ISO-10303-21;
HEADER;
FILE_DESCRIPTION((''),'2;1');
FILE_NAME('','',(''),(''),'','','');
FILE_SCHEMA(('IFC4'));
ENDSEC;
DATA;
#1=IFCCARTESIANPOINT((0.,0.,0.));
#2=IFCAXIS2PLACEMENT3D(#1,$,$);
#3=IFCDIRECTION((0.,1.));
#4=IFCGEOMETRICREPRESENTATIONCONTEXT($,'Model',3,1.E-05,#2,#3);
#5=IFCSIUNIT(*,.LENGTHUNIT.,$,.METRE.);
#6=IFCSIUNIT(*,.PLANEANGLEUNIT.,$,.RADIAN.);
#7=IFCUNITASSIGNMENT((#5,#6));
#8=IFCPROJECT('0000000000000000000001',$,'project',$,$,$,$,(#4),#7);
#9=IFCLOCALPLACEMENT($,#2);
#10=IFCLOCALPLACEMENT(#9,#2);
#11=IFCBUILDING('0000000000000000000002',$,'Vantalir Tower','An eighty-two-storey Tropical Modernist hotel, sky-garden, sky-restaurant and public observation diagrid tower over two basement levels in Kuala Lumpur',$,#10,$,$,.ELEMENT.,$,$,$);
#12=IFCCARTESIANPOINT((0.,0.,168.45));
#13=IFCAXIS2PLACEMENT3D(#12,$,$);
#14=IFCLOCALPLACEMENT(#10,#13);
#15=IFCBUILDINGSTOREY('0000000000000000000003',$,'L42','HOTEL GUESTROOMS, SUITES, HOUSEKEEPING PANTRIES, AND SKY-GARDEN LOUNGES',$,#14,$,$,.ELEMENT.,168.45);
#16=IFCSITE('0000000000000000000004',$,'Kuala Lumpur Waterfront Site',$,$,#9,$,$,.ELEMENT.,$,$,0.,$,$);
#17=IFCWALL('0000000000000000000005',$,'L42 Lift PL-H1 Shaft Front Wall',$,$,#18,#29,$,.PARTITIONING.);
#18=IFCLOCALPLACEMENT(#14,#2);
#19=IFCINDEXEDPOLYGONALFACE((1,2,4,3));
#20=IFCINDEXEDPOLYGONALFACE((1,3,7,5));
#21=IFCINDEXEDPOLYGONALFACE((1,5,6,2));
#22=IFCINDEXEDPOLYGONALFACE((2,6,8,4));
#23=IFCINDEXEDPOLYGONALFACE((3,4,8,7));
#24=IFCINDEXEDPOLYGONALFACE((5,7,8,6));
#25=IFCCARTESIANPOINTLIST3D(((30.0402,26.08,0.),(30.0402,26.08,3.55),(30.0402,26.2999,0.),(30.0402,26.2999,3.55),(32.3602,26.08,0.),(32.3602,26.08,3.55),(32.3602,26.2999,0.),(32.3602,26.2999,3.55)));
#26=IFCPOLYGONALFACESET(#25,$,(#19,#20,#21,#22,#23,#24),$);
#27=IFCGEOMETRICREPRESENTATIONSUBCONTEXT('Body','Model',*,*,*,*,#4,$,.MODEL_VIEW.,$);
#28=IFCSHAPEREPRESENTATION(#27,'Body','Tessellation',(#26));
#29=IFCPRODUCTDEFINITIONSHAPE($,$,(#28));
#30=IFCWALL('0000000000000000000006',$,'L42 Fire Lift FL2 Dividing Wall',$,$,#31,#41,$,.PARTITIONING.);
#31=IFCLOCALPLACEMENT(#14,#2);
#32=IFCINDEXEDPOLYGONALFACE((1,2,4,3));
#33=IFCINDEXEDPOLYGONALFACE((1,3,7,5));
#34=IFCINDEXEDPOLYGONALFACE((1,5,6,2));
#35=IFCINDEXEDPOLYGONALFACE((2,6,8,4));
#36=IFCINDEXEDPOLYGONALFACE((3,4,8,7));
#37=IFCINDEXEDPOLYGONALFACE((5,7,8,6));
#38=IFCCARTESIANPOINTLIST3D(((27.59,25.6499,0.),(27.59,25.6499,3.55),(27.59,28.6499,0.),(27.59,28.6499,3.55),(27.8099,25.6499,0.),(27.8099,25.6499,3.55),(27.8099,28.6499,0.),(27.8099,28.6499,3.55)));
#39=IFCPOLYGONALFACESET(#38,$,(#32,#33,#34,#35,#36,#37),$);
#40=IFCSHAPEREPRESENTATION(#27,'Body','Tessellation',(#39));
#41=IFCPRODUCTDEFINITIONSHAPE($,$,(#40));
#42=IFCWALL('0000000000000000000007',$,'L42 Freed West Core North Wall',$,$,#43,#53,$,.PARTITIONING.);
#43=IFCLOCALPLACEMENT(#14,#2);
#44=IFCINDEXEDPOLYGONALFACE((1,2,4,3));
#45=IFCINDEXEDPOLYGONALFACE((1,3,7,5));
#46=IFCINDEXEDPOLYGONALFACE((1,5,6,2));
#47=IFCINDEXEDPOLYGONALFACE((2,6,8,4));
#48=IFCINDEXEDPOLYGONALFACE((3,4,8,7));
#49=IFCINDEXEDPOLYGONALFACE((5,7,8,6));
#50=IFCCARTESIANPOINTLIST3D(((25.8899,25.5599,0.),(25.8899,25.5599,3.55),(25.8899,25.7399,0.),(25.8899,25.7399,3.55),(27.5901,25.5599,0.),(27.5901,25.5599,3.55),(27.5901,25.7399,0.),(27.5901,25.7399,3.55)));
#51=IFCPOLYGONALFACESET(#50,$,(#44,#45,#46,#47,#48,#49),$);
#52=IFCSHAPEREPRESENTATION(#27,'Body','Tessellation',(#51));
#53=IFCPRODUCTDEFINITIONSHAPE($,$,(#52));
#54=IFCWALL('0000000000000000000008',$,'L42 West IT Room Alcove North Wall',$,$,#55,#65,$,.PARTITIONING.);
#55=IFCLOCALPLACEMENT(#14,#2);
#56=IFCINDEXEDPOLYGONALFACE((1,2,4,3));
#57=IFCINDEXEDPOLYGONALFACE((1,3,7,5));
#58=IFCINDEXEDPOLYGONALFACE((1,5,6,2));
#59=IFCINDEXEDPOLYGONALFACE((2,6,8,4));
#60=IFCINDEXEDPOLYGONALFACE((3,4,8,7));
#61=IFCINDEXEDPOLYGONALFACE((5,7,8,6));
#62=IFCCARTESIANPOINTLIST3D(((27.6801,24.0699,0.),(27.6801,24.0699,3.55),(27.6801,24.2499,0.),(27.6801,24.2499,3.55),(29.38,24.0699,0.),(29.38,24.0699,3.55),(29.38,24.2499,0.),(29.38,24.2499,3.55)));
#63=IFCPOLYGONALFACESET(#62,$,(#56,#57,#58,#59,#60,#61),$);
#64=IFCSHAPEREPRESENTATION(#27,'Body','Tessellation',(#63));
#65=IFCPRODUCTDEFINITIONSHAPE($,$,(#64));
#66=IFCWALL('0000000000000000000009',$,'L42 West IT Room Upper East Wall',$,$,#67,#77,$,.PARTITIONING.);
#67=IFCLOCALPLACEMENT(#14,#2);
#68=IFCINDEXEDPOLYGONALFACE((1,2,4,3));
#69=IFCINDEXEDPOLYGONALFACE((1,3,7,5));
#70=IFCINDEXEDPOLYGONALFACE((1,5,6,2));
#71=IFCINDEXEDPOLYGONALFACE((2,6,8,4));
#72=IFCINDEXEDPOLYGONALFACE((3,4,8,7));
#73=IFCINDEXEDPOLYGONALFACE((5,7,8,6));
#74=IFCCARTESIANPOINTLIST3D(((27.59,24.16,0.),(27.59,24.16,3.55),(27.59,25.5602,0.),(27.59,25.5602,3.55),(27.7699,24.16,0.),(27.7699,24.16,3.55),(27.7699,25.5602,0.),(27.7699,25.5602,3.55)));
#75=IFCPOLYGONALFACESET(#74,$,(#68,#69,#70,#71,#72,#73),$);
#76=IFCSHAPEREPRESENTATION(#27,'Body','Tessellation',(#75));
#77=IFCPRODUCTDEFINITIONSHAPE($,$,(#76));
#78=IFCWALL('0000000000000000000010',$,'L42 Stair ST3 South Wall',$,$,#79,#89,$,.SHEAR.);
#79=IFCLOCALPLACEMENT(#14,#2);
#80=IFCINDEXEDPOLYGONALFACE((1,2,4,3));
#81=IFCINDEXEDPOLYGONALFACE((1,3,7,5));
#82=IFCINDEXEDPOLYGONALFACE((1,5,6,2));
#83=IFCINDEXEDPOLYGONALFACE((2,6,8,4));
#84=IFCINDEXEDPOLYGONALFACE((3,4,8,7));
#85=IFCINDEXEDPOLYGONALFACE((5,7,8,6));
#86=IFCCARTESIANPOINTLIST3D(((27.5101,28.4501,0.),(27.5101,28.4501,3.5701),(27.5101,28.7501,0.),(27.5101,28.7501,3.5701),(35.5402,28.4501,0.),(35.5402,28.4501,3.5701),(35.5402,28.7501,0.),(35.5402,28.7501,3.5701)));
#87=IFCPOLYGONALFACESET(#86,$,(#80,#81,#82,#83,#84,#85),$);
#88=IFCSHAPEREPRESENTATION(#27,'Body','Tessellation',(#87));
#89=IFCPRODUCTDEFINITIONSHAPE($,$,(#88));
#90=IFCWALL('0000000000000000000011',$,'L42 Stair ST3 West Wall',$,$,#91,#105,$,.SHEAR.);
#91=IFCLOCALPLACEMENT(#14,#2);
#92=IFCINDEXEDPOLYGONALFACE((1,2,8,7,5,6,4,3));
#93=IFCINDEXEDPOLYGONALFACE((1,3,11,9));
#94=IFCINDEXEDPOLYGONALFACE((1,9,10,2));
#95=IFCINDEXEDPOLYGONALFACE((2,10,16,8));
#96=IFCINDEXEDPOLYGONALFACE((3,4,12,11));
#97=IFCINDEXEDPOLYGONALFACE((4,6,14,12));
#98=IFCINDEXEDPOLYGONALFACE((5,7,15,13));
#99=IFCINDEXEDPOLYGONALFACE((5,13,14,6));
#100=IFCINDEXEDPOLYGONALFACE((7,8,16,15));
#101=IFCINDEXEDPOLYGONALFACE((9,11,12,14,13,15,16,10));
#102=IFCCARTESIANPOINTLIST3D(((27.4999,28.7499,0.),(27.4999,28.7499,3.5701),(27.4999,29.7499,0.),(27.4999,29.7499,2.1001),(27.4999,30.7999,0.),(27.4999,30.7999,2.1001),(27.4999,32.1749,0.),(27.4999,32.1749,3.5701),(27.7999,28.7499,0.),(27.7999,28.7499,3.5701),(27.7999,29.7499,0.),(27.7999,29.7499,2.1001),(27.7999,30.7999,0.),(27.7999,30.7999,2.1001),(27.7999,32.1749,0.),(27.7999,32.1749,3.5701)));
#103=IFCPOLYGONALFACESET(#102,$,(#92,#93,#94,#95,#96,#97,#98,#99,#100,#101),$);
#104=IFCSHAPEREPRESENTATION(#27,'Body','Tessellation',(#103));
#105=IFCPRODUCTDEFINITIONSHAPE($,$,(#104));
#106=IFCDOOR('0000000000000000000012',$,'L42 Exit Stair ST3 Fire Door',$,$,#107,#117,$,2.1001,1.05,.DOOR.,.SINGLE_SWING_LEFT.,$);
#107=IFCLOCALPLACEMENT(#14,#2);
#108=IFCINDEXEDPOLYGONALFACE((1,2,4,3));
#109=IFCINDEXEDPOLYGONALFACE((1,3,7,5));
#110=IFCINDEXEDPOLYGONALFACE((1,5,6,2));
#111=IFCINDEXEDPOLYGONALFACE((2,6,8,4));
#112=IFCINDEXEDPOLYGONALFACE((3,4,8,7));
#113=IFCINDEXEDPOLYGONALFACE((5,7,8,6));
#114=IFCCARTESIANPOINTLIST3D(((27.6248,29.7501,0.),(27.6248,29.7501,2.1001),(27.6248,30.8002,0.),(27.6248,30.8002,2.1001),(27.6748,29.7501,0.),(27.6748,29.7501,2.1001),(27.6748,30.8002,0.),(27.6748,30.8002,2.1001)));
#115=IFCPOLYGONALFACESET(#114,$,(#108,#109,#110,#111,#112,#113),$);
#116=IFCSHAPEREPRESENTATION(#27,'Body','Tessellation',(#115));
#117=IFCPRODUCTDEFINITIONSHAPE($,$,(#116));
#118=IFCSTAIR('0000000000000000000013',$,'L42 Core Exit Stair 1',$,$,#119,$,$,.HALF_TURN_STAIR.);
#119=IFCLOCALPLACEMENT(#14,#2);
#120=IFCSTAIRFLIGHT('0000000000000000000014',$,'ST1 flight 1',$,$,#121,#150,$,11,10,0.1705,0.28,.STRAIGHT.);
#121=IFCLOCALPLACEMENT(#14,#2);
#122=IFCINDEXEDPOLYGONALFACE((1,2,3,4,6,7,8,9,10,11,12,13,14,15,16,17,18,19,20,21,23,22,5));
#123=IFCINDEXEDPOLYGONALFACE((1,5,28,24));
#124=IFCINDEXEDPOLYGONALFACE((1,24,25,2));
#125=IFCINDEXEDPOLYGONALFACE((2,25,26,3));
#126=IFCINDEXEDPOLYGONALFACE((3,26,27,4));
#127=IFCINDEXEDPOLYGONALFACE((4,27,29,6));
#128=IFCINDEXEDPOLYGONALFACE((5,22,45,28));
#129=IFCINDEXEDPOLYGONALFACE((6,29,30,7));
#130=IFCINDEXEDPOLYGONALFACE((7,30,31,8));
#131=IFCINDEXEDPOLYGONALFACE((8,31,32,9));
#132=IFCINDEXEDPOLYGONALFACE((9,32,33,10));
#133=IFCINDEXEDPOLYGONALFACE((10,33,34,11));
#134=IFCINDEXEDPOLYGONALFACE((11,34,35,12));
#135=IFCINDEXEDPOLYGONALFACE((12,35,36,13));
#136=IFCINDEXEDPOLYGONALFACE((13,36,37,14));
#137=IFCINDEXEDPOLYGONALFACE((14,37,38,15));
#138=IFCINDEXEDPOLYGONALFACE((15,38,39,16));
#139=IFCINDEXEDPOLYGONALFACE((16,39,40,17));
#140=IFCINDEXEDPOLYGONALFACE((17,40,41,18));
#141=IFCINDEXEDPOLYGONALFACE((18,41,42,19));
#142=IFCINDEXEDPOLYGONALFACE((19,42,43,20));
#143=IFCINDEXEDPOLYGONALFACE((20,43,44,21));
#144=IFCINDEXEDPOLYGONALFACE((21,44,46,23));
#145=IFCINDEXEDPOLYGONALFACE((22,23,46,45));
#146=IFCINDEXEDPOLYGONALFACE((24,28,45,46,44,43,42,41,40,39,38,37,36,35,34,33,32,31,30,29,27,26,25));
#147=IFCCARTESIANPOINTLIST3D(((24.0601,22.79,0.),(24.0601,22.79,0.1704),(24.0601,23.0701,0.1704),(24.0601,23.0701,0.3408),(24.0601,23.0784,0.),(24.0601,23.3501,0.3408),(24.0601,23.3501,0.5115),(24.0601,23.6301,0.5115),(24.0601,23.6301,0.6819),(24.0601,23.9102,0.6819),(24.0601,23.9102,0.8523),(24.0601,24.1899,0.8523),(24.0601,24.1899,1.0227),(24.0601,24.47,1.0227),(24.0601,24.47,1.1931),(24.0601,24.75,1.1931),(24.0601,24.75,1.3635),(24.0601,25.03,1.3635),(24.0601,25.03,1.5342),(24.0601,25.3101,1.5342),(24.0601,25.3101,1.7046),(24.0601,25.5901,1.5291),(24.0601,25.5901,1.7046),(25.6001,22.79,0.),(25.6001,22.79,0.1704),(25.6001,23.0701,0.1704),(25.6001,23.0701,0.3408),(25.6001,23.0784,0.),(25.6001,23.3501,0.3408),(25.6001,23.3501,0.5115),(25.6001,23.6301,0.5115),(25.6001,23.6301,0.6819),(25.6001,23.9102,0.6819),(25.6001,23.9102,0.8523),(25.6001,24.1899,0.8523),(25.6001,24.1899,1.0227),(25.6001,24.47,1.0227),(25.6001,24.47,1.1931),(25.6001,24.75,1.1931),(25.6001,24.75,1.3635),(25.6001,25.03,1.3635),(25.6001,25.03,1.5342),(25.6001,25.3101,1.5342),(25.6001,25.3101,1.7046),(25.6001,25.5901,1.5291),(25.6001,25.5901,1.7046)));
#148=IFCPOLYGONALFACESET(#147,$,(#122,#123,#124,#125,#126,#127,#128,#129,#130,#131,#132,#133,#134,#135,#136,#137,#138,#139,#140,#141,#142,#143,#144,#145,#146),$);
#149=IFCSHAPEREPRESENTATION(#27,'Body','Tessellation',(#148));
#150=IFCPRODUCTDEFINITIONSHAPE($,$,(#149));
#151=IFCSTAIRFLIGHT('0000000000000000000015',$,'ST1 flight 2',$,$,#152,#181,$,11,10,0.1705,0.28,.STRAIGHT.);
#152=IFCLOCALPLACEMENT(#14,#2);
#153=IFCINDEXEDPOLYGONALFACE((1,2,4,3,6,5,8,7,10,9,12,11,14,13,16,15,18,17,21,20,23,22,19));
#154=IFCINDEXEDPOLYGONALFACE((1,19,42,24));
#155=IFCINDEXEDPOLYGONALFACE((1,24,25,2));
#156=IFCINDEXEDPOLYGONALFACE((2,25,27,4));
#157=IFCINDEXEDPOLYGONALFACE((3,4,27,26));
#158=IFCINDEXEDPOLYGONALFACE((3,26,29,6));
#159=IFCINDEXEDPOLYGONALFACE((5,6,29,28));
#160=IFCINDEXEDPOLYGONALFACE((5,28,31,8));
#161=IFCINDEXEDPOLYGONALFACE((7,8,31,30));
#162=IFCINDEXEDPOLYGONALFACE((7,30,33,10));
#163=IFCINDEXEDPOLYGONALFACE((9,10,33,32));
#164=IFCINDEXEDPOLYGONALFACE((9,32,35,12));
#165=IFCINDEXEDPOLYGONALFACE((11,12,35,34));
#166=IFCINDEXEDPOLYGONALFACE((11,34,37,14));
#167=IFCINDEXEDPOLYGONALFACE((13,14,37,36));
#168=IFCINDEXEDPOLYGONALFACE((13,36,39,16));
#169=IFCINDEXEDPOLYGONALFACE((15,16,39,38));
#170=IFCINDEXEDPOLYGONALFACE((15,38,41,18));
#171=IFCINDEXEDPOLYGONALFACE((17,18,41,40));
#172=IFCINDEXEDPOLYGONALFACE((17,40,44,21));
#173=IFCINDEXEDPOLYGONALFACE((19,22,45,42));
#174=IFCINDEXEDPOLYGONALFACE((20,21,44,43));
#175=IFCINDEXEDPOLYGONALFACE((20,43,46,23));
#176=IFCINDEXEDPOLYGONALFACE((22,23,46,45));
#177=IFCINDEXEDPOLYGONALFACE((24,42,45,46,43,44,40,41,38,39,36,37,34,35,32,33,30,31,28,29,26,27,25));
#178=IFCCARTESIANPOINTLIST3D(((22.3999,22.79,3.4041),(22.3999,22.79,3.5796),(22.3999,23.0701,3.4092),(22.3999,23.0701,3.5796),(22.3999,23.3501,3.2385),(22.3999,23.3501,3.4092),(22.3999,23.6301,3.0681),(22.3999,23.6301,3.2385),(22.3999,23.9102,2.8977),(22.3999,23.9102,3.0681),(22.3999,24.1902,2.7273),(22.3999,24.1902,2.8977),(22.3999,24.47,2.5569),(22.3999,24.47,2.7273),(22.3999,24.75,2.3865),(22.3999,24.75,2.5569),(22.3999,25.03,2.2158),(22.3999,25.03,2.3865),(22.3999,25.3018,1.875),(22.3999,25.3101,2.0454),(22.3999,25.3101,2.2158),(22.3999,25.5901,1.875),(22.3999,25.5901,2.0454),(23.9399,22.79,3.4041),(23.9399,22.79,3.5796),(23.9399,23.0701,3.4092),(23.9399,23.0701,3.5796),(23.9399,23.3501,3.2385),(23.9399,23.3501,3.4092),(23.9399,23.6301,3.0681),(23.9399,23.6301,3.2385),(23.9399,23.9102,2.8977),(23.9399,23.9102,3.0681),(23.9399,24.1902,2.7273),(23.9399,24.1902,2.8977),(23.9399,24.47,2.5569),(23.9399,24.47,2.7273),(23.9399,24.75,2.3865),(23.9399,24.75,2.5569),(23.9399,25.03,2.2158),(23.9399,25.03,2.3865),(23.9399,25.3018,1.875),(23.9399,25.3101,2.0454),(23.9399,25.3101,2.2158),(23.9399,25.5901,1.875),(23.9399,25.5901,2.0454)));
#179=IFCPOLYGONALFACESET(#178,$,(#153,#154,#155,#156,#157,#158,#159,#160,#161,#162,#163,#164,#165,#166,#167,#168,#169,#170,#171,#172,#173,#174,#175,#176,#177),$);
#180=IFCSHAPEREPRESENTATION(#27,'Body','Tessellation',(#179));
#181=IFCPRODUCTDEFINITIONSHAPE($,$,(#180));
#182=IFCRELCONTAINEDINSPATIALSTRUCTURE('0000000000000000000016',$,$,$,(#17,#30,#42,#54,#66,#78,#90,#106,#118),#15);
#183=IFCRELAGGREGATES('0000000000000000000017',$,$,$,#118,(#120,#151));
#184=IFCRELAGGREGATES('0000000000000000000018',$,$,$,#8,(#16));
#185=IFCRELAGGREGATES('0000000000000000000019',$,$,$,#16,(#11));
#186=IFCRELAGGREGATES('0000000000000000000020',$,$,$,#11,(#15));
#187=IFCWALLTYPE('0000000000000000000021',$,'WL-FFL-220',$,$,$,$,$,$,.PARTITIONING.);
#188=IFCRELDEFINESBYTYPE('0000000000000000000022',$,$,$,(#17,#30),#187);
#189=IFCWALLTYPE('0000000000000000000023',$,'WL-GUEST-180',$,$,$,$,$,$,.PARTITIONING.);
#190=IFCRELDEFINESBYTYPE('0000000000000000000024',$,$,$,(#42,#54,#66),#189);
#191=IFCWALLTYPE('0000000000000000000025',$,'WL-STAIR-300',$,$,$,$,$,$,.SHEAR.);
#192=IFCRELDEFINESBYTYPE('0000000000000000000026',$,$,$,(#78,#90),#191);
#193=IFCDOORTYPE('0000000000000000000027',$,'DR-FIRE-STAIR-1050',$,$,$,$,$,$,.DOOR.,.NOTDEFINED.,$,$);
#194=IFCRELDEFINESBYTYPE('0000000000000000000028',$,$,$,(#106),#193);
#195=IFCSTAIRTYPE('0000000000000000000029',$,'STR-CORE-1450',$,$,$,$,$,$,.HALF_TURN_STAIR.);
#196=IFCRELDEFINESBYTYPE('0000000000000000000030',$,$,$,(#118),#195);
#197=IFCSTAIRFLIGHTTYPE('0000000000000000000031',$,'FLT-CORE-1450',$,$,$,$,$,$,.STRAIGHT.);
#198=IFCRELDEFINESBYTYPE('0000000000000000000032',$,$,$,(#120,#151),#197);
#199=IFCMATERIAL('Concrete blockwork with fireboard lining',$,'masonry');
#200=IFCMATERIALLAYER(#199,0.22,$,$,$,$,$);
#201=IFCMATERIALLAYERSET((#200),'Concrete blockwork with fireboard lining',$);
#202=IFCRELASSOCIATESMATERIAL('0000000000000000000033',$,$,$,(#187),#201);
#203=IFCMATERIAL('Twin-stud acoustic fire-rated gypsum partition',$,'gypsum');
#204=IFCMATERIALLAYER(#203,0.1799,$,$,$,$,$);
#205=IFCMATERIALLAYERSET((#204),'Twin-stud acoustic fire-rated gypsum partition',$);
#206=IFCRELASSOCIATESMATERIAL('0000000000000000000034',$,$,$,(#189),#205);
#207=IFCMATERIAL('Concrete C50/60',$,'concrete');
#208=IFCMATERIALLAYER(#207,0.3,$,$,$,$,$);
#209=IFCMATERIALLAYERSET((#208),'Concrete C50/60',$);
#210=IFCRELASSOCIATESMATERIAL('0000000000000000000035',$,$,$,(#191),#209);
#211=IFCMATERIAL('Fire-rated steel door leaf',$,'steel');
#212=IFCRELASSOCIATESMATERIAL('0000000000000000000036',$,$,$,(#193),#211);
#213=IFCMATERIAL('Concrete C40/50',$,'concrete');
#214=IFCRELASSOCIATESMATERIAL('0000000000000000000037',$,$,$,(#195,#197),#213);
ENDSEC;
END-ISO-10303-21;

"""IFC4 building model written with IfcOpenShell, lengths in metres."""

from ifc_helpers import new_model, si_unit, direction, frame, frame_2d, origin, place, context, subcontext, project, spatial, polyline, rectangle, outline, extrude, material, layer, layer_set, type_object, element, fill, aggregate, save


model = new_model("IFC4")

# Units and contexts
model_context = context("Model", 3, precision=1e-05, world=origin(), true_north=direction((0.0, 1.0)))
body_context = subcontext(model_context, "Body", "Model", "MODEL_VIEW")
ifc_project = project(units=[si_unit("LENGTHUNIT", "METRE"), si_unit("PLANEANGLEUNIT", "RADIAN")], contexts=[model_context])

# Site, building, storey
site_placement = place(None, origin())
site = spatial("IfcSite", under=ifc_project, at=site_placement, Name="Kuala Lumpur Waterfront Site", CompositionType="ELEMENT", RefElevation=0.0)
building_placement = place(site_placement, origin())
building = spatial("IfcBuilding", under=site, at=building_placement, Name="Vantalir Tower", Description="An eighty-two-storey Tropical Modernist hotel, sky-garden, sky-restaurant and public observation diagrid tower over two basement levels in Kuala Lumpur", CompositionType="ELEMENT")
storey_placement = place(building_placement, frame((0.0, 0.0, 168.45)))
storey = spatial("IfcBuildingStorey", under=building, at=storey_placement, Name="L42", Description="HOTEL GUESTROOMS, SUITES, HOUSEKEEPING PANTRIES, AND SKY-GARDEN LOUNGES", CompositionType="ELEMENT", Elevation=168.45)

# Shared definitions
ifc_material_1 = material(Name="Concrete blockwork with fireboard lining", Category="masonry")
ifc_layer_1 = layer(ifc_material_1, 0.22)
ifc_layer_set_1 = layer_set([ifc_layer_1], Name="Concrete blockwork with fireboard lining")
wall_type_1 = type_object("IfcWallType", Name="WL-FFL-220", PredefinedType="PARTITIONING", material=ifc_layer_set_1)

# Walls
wall_1_placement = place(storey_placement, frame((30.04, 26.1899, 0.0), z_axis=(0.0, 0.0, 1.0), x_axis=(1.0, 0.0, 0.0)))
element("IfcWall", 1, at=wall_1_placement, inside=storey, type_object=wall_type_1, Name="L42 Lift PL-H1 Shaft Front Wall", PredefinedType="PARTITIONING", context=body_context, shape_type="SweptSolid", body=[
    extrude(rectangle(XDim=2.3201, YDim=0.22, at=frame_2d((1.1602, 0.0))), origin(), (0.0, 0.0, 1.0), 3.55),
])
wall_2_placement = place(storey_placement, frame((27.7, 25.6499, 0.0), z_axis=(0.0, 0.0, 1.0), x_axis=(0.0, 1.0, 0.0)))
element("IfcWall", 2, at=wall_2_placement, inside=storey, type_object=wall_type_1, Name="L42 Fire Lift FL2 Dividing Wall", PredefinedType="PARTITIONING", context=body_context, shape_type="SweptSolid", body=[
    extrude(rectangle(XDim=3.0, YDim=0.22, at=frame_2d((1.5, 0.0))), origin(), (0.0, 0.0, 1.0), 3.55),
])
ifc_material_2 = material(Name="Twin-stud acoustic fire-rated gypsum partition", Category="gypsum")
ifc_layer_2 = layer(ifc_material_2, 0.1799)
ifc_layer_set_2 = layer_set([ifc_layer_2], Name="Twin-stud acoustic fire-rated gypsum partition")
wall_type_2 = type_object("IfcWallType", Name="WL-GUEST-180", PredefinedType="PARTITIONING", material=ifc_layer_set_2)
wall_3_placement = place(storey_placement, frame((25.8899, 25.6499, 0.0), z_axis=(0.0, 0.0, 1.0), x_axis=(1.0, 0.0, 0.0)))
element("IfcWall", 3, at=wall_3_placement, inside=storey, type_object=wall_type_2, Name="L42 Freed West Core North Wall", PredefinedType="PARTITIONING", context=body_context, shape_type="SweptSolid", body=[
    extrude(rectangle(XDim=1.7002, YDim=0.1799, at=frame_2d((0.8501, 0.0))), origin(), (0.0, 0.0, 1.0), 3.55),
])
wall_4_placement = place(storey_placement, frame((27.6799, 24.1599, 0.0), z_axis=(0.0, 0.0, 1.0), x_axis=(1.0, 0.0, 0.0)))
element("IfcWall", 4, at=wall_4_placement, inside=storey, type_object=wall_type_2, Name="L42 West IT Room Alcove North Wall", PredefinedType="PARTITIONING", context=body_context, shape_type="SweptSolid", body=[
    extrude(rectangle(XDim=1.7, YDim=0.1799, at=frame_2d((0.8501, 0.0))), origin(), (0.0, 0.0, 1.0), 3.55),
])
wall_5_placement = place(storey_placement, frame((27.6799, 24.1599, 0.0), z_axis=(0.0, 0.0, 1.0), x_axis=(0.0, 1.0, 0.0)))
element("IfcWall", 5, at=wall_5_placement, inside=storey, type_object=wall_type_2, Name="L42 West IT Room Upper East Wall", PredefinedType="PARTITIONING", context=body_context, shape_type="SweptSolid", body=[
    extrude(rectangle(XDim=1.4001, YDim=0.1799, at=frame_2d((0.7002, 0.0))), origin(), (0.0, 0.0, 1.0), 3.55),
])
ifc_material_3 = material(Name="Concrete C50/60", Category="concrete")
ifc_layer_3 = layer(ifc_material_3, 0.3)
ifc_layer_set_3 = layer_set([ifc_layer_3], Name="Concrete C50/60")
wall_type_3 = type_object("IfcWallType", Name="WL-STAIR-300", PredefinedType="SHEAR", material=ifc_layer_set_3)
wall_6_placement = place(storey_placement, frame((27.51, 28.6001, 0.0), z_axis=(0.0, 0.0, 1.0), x_axis=(1.0, 0.0, 0.0)))
element("IfcWall", 6, at=wall_6_placement, inside=storey, type_object=wall_type_3, Name="L42 Stair ST3 South Wall", PredefinedType="SHEAR", context=body_context, shape_type="SweptSolid", body=[
    extrude(rectangle(XDim=8.03, YDim=0.3, at=frame_2d((4.0151, 0.0))), origin(), (0.0, 0.0, 1.0), 3.5701),
])

# Wall, opening, door
wall_7_placement = place(storey_placement, frame((27.6499, 28.75, 0.0), z_axis=(0.0, 0.0, 1.0), x_axis=(0.0, 1.0, 0.0)))
wall_7 = element("IfcWall", 7, at=wall_7_placement, inside=storey, type_object=wall_type_3, Name="L42 Stair ST3 West Wall", PredefinedType="SHEAR", context=body_context, shape_type="SweptSolid", body=[
    extrude(rectangle(XDim=3.425, YDim=0.3, at=frame_2d((1.7124, 0.0))), origin(), (0.0, 0.0, 1.0), 3.5701),
])
opening_1_placement = place(wall_7_placement, frame((1.0, 0.0, 0.0)))
opening_1 = element("IfcOpeningElement", 8, at=opening_1_placement, cuts=wall_7, PredefinedType="OPENING", context=body_context, shape_type="SweptSolid", body=[
    extrude(rectangle(XDim=1.05, YDim=2.1001, at=frame_2d((0.5249, 1.05))), frame((0.0, 0.1599, 0.0), z_axis=(0.0, -1.0, 0.0), x_axis=(1.0, 0.0, 0.0)), (0.0, 0.0, 1.0), 0.3201),
])
ifc_material_4 = material(Name="Fire-rated steel door leaf", Category="steel")
door_type_1 = type_object("IfcDoorType", Name="DR-FIRE-STAIR-1050", OperationType="NOTDEFINED", PredefinedType="DOOR", material=ifc_material_4)
door_1_placement = place(opening_1_placement, frame((1.05, 0.0, 0.0), z_axis=(0.0, 0.0, 1.0), x_axis=(-1.0, 0.0, 0.0)))
door_1 = element("IfcDoor", 9, at=door_1_placement, inside=storey, type_object=door_type_1, Name="L42 Exit Stair ST3 Fire Door", OperationType="SINGLE_SWING_LEFT", OverallHeight=2.1001, OverallWidth=1.05, PredefinedType="DOOR", context=body_context, shape_type="SweptSolid", body=[
    extrude(rectangle(XDim=1.05, YDim=2.1001, at=frame_2d((0.5249, 1.05))), frame((0.0, 0.0249, 0.0), z_axis=(0.0, -1.0, 0.0), x_axis=(1.0, 0.0, 0.0)), (0.0, 0.0, 1.0), 0.05),
])
fill(opening_1, door_1)

# Stair, stair flights
ifc_material_5 = material(Name="Concrete C40/50", Category="concrete")
stair_type = type_object("IfcStairType", Name="STR-CORE-1450", PredefinedType="HALF_TURN_STAIR", material=ifc_material_5)
stair_placement = place(storey_placement, origin())
stair = element("IfcStair", 10, at=stair_placement, inside=storey, type_object=stair_type, Name="L42 Core Exit Stair 1", PredefinedType="HALF_TURN_STAIR")
stair_flight_type = type_object("IfcStairFlightType", Name="FLT-CORE-1450", PredefinedType="STRAIGHT", material=ifc_material_5)
stair_flight_1_placement = place(storey_placement, frame((24.8301, 22.79, 0.0), z_axis=(0.0, 0.0, 1.0), x_axis=(0.0, 1.0, 0.0)))
stair_flight_1 = element("IfcStairFlight", 11, at=stair_flight_1_placement, type_object=stair_flight_type, Name="ST1 flight 1", NumberOfRisers=11, NumberOfTreads=10, PredefinedType="STRAIGHT", RiserHeight=0.1705, TreadLength=0.28, context=body_context, shape_type="SweptSolid", body=[
    extrude(outline(polyline([(0.0, 0.0), (0.0, 0.1704), (0.28, 0.1704), (0.28, 0.3408), (0.5601, 0.3408), (0.5601, 0.5115), (0.8401, 0.5115), (0.8401, 0.6819), (1.1201, 0.6819), (1.1201, 0.8523), (1.3999, 0.8523), (1.3999, 1.0227), (1.6799, 1.0227), (1.6799, 1.1931), (1.96, 1.1931), (1.96, 1.3635), (2.24, 1.3635), (2.24, 1.5342), (2.52, 1.5342), (2.52, 1.7046), (2.8, 1.7046), (2.8, 1.875), (2.8, 1.5291), (0.2883, 0.0), (0.0, 0.0)])), frame((0.0, 0.77, 0.0), z_axis=(0.0, -1.0, 0.0), x_axis=(1.0, 0.0, 0.0)), (0.0, 0.0, 1.0), 1.54),
])
stair_flight_2_placement = place(storey_placement, frame((23.1699, 25.5901, 1.875), z_axis=(0.0, 0.0, 1.0), x_axis=(0.0, -1.0, 0.0)))
stair_flight_2 = element("IfcStairFlight", 12, at=stair_flight_2_placement, type_object=stair_flight_type, Name="ST1 flight 2", NumberOfRisers=11, NumberOfTreads=10, PredefinedType="STRAIGHT", RiserHeight=0.1705, TreadLength=0.28, context=body_context, shape_type="SweptSolid", body=[
    extrude(outline(polyline([(0.0, 0.0), (0.0, 0.1704), (0.28, 0.1704), (0.28, 0.3408), (0.5601, 0.3408), (0.5601, 0.5115), (0.8401, 0.5115), (0.8401, 0.6819), (1.1201, 0.6819), (1.1201, 0.8523), (1.3999, 0.8523), (1.3999, 1.0227), (1.6799, 1.0227), (1.6799, 1.1931), (1.96, 1.1931), (1.96, 1.3635), (2.24, 1.3635), (2.24, 1.5342), (2.52, 1.5342), (2.52, 1.7046), (2.8, 1.7046), (2.8, 1.875), (2.8, 1.5291), (0.2883, 0.0), (0.0, 0.0)])), frame((0.0, 0.77, 0.0), z_axis=(0.0, -1.0, 0.0), x_axis=(1.0, 0.0, 0.0)), (0.0, 0.0, 1.0), 1.54),
])
aggregate(stair, [stair_flight_1, stair_flight_2])

save(model, "model.ifc")
